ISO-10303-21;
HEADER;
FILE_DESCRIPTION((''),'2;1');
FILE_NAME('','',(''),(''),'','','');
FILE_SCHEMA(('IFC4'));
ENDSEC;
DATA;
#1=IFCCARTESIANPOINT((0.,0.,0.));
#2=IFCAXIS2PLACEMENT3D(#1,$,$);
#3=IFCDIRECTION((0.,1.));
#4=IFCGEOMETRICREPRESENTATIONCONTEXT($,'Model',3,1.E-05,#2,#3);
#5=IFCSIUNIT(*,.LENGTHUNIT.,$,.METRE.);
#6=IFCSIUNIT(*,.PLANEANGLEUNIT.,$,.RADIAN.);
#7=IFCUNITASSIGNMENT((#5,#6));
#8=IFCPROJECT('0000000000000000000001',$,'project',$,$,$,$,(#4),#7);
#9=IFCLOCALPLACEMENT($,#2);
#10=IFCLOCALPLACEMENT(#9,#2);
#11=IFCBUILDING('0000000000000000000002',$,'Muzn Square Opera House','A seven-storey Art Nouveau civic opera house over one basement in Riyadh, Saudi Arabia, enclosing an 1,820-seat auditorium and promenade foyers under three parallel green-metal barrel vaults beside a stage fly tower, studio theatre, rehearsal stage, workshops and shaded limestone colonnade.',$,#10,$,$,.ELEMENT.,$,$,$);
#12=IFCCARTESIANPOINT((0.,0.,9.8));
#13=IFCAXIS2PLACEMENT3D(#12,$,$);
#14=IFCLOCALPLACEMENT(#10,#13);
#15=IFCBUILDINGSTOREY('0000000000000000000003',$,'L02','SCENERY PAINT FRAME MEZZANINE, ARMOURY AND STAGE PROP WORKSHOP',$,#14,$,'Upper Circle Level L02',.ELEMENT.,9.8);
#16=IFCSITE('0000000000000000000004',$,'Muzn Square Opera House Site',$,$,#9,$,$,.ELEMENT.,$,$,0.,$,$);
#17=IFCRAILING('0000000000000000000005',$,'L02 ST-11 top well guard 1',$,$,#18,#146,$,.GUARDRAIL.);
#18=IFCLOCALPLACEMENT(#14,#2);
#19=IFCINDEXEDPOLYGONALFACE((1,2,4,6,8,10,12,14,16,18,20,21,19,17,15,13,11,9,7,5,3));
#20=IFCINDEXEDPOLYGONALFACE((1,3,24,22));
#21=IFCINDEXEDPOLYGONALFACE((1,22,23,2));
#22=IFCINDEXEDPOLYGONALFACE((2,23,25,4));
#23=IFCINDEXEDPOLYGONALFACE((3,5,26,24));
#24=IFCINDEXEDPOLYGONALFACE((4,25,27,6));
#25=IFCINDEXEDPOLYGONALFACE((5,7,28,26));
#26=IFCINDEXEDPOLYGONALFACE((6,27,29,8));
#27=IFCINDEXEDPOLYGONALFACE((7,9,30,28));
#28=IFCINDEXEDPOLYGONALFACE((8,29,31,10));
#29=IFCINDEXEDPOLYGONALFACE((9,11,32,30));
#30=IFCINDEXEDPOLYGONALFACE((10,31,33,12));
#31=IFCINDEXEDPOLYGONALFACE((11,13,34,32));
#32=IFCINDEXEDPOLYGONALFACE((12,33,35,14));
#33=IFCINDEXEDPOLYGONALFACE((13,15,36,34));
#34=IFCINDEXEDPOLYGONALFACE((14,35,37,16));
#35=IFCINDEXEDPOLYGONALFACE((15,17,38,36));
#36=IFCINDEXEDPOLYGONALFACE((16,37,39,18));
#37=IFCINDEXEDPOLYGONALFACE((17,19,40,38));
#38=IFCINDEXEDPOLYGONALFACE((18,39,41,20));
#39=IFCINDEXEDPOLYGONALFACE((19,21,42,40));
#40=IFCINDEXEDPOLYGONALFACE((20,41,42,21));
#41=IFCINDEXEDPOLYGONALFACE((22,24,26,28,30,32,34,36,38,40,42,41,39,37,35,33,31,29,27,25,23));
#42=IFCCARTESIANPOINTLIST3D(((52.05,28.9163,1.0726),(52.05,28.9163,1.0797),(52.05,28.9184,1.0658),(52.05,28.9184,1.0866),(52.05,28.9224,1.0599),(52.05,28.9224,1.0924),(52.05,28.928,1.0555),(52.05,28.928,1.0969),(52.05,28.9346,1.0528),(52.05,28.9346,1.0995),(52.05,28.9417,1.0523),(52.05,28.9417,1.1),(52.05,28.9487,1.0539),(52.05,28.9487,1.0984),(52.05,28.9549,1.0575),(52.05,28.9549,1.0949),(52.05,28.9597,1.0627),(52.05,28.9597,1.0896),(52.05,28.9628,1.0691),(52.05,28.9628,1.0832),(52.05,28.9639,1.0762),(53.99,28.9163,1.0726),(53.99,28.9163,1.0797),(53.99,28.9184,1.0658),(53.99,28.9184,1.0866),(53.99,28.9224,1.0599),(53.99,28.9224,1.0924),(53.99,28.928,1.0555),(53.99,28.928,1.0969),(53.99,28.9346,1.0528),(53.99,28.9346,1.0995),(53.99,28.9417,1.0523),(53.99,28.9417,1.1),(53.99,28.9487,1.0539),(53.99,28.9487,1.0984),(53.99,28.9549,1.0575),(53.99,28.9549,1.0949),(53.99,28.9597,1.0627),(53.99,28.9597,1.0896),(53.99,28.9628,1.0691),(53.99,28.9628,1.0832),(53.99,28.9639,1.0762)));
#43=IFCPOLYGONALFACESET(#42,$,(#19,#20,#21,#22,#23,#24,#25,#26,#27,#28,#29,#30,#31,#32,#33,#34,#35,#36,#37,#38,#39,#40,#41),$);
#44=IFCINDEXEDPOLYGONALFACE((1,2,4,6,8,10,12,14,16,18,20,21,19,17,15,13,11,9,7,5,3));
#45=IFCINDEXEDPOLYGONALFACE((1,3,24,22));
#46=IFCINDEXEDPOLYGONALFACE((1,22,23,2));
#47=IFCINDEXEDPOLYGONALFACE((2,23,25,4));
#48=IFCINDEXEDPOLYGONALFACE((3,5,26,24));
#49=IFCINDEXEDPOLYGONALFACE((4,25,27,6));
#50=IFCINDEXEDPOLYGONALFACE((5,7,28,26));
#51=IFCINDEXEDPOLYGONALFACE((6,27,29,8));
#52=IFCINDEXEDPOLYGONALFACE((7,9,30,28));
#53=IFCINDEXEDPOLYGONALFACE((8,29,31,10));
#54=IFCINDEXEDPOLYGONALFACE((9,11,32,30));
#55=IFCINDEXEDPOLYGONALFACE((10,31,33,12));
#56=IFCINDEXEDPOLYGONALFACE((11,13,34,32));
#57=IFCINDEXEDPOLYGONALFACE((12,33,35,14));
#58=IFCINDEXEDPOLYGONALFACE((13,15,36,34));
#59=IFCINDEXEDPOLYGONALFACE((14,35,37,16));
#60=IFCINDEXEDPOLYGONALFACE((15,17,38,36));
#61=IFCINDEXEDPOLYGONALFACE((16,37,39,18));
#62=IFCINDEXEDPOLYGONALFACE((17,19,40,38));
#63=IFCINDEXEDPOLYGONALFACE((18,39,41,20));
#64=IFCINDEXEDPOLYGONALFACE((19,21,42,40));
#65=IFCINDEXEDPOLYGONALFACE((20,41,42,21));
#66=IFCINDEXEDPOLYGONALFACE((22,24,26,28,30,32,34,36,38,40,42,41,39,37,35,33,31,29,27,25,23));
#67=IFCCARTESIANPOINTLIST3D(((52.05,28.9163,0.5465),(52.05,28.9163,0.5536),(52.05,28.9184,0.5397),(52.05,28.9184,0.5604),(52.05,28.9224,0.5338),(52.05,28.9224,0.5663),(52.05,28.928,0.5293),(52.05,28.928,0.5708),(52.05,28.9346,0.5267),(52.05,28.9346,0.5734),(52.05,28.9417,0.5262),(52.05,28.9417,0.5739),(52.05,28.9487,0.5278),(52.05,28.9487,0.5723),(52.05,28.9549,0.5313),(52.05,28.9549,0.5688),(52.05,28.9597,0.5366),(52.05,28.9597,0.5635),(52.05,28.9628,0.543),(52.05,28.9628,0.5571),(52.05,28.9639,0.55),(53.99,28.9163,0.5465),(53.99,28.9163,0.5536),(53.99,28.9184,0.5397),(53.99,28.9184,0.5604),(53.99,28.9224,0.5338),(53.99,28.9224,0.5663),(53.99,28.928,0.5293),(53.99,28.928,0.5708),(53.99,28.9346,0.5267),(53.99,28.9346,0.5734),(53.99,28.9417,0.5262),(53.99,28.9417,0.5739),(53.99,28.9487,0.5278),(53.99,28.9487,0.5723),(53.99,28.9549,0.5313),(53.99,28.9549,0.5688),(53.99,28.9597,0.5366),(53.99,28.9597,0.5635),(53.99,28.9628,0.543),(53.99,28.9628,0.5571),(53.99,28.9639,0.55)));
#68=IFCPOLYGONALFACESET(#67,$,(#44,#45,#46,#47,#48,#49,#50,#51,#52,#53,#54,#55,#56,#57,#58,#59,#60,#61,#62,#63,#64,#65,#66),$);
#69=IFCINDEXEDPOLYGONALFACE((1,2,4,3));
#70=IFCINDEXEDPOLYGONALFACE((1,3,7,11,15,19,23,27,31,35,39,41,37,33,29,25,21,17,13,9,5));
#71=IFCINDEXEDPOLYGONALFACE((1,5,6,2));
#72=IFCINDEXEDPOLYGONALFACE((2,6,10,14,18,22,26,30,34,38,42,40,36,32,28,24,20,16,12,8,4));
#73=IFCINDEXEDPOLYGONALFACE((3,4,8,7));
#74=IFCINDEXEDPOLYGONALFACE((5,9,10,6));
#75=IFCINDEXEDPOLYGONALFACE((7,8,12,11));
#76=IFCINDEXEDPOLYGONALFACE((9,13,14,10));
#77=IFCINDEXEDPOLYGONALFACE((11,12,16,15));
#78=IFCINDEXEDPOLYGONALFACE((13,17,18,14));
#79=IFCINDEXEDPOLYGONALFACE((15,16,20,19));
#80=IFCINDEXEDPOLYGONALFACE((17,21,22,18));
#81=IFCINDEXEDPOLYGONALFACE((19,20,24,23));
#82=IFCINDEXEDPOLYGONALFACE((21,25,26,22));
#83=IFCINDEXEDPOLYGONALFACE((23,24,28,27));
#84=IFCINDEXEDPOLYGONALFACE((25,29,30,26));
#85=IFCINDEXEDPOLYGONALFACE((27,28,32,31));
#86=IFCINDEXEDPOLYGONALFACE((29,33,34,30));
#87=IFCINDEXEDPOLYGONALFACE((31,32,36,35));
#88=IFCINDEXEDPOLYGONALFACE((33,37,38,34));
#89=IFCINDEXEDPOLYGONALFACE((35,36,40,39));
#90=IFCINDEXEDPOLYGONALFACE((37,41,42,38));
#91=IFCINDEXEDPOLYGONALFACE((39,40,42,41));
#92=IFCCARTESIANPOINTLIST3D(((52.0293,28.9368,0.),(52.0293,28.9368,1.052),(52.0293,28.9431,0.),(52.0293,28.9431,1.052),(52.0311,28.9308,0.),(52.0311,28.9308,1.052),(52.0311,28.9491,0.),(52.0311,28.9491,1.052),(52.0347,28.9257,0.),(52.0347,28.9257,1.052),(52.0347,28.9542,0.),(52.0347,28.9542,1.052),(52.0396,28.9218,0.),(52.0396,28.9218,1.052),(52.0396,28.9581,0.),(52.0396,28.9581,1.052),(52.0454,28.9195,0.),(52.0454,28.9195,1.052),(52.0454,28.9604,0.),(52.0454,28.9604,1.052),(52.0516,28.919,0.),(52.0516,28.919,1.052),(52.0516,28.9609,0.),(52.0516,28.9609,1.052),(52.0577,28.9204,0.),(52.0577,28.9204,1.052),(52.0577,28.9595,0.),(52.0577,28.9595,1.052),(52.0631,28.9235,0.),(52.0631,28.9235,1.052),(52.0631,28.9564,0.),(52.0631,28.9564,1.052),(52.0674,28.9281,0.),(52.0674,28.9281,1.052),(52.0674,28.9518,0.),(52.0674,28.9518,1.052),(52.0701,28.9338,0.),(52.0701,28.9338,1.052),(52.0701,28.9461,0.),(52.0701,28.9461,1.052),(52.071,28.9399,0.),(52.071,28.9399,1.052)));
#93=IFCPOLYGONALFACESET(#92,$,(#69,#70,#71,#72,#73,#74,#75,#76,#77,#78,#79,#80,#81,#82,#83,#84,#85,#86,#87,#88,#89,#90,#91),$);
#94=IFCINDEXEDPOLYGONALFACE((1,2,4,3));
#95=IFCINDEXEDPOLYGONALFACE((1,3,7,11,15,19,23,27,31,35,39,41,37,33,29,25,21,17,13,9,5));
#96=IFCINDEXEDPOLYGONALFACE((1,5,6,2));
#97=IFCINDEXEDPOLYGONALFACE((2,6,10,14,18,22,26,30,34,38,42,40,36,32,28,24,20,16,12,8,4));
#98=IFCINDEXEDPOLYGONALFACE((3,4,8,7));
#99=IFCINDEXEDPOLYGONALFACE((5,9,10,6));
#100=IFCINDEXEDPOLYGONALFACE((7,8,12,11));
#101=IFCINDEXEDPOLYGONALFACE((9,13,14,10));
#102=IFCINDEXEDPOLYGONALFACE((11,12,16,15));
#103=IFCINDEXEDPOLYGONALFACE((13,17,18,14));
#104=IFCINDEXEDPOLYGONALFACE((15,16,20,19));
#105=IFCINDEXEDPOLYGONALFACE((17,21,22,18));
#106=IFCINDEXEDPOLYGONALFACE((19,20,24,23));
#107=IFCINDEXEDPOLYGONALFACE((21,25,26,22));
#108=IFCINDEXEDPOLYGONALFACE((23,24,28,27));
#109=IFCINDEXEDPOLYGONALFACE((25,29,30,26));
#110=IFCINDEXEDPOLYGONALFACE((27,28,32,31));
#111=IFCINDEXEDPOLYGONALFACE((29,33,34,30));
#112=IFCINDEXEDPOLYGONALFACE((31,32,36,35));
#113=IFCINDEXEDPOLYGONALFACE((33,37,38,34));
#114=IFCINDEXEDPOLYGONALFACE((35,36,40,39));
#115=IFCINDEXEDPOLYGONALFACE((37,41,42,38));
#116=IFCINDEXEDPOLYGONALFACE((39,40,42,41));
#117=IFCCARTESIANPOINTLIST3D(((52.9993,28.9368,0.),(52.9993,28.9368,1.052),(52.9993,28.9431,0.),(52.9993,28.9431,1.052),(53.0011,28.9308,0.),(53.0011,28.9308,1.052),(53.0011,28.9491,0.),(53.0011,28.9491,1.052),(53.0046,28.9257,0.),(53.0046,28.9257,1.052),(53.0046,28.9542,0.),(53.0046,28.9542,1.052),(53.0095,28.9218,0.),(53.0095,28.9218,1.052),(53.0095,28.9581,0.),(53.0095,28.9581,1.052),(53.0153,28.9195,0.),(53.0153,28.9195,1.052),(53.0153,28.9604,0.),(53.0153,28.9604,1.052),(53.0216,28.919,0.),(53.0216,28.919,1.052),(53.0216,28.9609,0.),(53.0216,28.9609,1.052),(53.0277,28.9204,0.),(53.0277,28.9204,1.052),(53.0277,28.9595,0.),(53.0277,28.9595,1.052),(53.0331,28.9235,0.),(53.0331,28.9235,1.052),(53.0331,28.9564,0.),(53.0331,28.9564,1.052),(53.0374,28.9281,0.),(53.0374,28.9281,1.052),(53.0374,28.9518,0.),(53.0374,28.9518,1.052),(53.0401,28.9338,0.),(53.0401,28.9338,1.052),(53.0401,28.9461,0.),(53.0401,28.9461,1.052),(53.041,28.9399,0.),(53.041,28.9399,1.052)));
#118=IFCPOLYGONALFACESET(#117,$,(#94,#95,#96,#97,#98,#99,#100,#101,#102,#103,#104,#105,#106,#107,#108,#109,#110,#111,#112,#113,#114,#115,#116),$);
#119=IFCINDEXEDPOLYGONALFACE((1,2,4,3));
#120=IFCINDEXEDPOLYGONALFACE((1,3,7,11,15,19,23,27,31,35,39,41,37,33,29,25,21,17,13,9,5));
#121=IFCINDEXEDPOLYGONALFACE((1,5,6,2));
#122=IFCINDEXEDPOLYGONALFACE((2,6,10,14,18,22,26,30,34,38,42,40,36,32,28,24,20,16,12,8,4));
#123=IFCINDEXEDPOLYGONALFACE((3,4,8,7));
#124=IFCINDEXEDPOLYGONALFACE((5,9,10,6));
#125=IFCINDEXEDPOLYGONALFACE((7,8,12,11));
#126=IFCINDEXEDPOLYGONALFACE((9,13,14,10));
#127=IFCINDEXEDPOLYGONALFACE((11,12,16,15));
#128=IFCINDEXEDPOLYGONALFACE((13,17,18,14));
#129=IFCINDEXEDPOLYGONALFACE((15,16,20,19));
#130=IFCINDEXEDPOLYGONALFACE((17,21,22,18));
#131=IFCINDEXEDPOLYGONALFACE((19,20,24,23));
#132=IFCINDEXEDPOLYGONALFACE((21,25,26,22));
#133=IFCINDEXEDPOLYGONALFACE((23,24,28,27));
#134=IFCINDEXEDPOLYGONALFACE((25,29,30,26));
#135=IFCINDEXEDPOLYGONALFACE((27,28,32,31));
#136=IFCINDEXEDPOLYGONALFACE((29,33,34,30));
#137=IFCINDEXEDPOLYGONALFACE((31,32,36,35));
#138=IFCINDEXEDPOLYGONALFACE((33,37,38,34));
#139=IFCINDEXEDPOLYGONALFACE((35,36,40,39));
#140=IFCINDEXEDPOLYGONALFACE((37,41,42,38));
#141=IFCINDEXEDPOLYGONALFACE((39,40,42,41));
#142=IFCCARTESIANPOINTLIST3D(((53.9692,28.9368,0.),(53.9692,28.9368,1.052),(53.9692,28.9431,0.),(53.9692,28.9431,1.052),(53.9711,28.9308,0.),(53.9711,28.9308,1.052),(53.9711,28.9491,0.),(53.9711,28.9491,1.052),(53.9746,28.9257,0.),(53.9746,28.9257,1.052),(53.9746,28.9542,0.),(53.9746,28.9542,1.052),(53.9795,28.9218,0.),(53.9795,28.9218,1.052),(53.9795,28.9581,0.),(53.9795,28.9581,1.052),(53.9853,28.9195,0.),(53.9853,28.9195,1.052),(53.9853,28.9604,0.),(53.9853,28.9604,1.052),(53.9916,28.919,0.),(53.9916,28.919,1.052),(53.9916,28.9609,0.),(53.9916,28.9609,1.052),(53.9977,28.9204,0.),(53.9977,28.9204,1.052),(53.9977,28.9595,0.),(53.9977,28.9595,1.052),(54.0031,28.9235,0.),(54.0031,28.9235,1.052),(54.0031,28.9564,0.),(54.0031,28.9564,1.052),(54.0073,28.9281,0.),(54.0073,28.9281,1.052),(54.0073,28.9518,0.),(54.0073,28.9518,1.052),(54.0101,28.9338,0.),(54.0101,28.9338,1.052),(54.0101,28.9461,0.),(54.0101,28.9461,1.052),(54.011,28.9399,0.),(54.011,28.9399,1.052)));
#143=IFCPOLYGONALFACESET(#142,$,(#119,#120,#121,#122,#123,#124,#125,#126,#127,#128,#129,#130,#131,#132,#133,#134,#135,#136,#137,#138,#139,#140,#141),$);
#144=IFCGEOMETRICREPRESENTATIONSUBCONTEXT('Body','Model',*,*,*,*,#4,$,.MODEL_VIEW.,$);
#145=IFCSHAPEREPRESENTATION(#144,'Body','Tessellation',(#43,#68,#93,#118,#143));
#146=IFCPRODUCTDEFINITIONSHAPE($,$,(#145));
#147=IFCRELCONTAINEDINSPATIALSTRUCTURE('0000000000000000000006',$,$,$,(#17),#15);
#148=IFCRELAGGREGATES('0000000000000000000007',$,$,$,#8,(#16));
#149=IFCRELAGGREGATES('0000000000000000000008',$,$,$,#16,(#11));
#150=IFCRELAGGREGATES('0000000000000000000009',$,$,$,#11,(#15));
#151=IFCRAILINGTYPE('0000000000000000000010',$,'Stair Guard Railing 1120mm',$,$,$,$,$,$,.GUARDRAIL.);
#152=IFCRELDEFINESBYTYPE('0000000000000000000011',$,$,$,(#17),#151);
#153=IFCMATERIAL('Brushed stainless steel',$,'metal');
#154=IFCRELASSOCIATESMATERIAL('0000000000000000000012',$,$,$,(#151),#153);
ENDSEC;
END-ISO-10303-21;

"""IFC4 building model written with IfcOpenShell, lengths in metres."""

from ifc_helpers import new_model, si_unit, direction, frame, origin, origin_2d, place, context, subcontext, project, spatial, circle, extrude, material, type_object, element, save


model = new_model("IFC4")

# Units and contexts
model_context = context("Model", 3, precision=1e-05, world=origin(), true_north=direction((0.0, 1.0)))
body_context = subcontext(model_context, "Body", "Model", "MODEL_VIEW")
ifc_project = project(units=[si_unit("LENGTHUNIT", "METRE"), si_unit("PLANEANGLEUNIT", "RADIAN")], contexts=[model_context])

# Site, building, storey
site_placement = place(None, origin())
site = spatial("IfcSite", under=ifc_project, at=site_placement, Name="Muzn Square Opera House Site", CompositionType="ELEMENT", RefElevation=0.0)
building_placement = place(site_placement, origin())
building = spatial("IfcBuilding", under=site, at=building_placement, Name="Muzn Square Opera House", Description="A seven-storey Art Nouveau civic opera house over one basement in Riyadh, Saudi Arabia, enclosing an 1,820-seat auditorium and promenade foyers under three parallel green-metal barrel vaults beside a stage fly tower, studio theatre, rehearsal stage, workshops and shaded limestone colonnade.", CompositionType="ELEMENT")
storey_placement = place(building_placement, frame((0.0, 0.0, 9.8)))
storey = spatial("IfcBuildingStorey", under=building, at=storey_placement, Name="L02", Description="SCENERY PAINT FRAME MEZZANINE, ARMOURY AND STAGE PROP WORKSHOP", LongName="Upper Circle Level L02", CompositionType="ELEMENT", Elevation=9.8)

# Railing
ifc_material_1 = material(Name="Brushed stainless steel", Category="metal")
railing_type_1 = type_object("IfcRailingType", Name="Stair Guard Railing 1120mm", PredefinedType="GUARDRAIL", material=ifc_material_1)
railing_1_placement = place(storey_placement, frame((52.05, 28.9399, 0.0)))
element("IfcRailing", 1, at=railing_1_placement, inside=storey, type_object=railing_type_1, Name="L02 ST-11 top well guard 1", PredefinedType="GUARDRAIL", context=body_context, shape_type="SweptSolid", body=[
    extrude(circle(Radius=0.0239, at=origin_2d()), frame((0.0, 0.0, 1.0762), z_axis=(1.0, 0.0, 0.0), x_axis=(0.0, 1.0, 0.0)), (0.0, 0.0, 1.0), 1.9399),
    extrude(circle(Radius=0.0239, at=origin_2d()), frame((0.0, 0.0, 0.55), z_axis=(1.0, 0.0, 0.0), x_axis=(0.0, 1.0, 0.0)), (0.0, 0.0, 1.0), 1.9399),
    extrude(circle(Radius=0.021, at=origin_2d()), origin(), (0.0, 0.0, 1.0), 1.052),
    extrude(circle(Radius=0.021, at=origin_2d()), frame((0.97, 0.0, 0.0)), (0.0, 0.0, 1.0), 1.052),
    extrude(circle(Radius=0.021, at=origin_2d()), frame((1.9399, 0.0, 0.0)), (0.0, 0.0, 1.0), 1.052),
])

save(model, "model.ifc")
